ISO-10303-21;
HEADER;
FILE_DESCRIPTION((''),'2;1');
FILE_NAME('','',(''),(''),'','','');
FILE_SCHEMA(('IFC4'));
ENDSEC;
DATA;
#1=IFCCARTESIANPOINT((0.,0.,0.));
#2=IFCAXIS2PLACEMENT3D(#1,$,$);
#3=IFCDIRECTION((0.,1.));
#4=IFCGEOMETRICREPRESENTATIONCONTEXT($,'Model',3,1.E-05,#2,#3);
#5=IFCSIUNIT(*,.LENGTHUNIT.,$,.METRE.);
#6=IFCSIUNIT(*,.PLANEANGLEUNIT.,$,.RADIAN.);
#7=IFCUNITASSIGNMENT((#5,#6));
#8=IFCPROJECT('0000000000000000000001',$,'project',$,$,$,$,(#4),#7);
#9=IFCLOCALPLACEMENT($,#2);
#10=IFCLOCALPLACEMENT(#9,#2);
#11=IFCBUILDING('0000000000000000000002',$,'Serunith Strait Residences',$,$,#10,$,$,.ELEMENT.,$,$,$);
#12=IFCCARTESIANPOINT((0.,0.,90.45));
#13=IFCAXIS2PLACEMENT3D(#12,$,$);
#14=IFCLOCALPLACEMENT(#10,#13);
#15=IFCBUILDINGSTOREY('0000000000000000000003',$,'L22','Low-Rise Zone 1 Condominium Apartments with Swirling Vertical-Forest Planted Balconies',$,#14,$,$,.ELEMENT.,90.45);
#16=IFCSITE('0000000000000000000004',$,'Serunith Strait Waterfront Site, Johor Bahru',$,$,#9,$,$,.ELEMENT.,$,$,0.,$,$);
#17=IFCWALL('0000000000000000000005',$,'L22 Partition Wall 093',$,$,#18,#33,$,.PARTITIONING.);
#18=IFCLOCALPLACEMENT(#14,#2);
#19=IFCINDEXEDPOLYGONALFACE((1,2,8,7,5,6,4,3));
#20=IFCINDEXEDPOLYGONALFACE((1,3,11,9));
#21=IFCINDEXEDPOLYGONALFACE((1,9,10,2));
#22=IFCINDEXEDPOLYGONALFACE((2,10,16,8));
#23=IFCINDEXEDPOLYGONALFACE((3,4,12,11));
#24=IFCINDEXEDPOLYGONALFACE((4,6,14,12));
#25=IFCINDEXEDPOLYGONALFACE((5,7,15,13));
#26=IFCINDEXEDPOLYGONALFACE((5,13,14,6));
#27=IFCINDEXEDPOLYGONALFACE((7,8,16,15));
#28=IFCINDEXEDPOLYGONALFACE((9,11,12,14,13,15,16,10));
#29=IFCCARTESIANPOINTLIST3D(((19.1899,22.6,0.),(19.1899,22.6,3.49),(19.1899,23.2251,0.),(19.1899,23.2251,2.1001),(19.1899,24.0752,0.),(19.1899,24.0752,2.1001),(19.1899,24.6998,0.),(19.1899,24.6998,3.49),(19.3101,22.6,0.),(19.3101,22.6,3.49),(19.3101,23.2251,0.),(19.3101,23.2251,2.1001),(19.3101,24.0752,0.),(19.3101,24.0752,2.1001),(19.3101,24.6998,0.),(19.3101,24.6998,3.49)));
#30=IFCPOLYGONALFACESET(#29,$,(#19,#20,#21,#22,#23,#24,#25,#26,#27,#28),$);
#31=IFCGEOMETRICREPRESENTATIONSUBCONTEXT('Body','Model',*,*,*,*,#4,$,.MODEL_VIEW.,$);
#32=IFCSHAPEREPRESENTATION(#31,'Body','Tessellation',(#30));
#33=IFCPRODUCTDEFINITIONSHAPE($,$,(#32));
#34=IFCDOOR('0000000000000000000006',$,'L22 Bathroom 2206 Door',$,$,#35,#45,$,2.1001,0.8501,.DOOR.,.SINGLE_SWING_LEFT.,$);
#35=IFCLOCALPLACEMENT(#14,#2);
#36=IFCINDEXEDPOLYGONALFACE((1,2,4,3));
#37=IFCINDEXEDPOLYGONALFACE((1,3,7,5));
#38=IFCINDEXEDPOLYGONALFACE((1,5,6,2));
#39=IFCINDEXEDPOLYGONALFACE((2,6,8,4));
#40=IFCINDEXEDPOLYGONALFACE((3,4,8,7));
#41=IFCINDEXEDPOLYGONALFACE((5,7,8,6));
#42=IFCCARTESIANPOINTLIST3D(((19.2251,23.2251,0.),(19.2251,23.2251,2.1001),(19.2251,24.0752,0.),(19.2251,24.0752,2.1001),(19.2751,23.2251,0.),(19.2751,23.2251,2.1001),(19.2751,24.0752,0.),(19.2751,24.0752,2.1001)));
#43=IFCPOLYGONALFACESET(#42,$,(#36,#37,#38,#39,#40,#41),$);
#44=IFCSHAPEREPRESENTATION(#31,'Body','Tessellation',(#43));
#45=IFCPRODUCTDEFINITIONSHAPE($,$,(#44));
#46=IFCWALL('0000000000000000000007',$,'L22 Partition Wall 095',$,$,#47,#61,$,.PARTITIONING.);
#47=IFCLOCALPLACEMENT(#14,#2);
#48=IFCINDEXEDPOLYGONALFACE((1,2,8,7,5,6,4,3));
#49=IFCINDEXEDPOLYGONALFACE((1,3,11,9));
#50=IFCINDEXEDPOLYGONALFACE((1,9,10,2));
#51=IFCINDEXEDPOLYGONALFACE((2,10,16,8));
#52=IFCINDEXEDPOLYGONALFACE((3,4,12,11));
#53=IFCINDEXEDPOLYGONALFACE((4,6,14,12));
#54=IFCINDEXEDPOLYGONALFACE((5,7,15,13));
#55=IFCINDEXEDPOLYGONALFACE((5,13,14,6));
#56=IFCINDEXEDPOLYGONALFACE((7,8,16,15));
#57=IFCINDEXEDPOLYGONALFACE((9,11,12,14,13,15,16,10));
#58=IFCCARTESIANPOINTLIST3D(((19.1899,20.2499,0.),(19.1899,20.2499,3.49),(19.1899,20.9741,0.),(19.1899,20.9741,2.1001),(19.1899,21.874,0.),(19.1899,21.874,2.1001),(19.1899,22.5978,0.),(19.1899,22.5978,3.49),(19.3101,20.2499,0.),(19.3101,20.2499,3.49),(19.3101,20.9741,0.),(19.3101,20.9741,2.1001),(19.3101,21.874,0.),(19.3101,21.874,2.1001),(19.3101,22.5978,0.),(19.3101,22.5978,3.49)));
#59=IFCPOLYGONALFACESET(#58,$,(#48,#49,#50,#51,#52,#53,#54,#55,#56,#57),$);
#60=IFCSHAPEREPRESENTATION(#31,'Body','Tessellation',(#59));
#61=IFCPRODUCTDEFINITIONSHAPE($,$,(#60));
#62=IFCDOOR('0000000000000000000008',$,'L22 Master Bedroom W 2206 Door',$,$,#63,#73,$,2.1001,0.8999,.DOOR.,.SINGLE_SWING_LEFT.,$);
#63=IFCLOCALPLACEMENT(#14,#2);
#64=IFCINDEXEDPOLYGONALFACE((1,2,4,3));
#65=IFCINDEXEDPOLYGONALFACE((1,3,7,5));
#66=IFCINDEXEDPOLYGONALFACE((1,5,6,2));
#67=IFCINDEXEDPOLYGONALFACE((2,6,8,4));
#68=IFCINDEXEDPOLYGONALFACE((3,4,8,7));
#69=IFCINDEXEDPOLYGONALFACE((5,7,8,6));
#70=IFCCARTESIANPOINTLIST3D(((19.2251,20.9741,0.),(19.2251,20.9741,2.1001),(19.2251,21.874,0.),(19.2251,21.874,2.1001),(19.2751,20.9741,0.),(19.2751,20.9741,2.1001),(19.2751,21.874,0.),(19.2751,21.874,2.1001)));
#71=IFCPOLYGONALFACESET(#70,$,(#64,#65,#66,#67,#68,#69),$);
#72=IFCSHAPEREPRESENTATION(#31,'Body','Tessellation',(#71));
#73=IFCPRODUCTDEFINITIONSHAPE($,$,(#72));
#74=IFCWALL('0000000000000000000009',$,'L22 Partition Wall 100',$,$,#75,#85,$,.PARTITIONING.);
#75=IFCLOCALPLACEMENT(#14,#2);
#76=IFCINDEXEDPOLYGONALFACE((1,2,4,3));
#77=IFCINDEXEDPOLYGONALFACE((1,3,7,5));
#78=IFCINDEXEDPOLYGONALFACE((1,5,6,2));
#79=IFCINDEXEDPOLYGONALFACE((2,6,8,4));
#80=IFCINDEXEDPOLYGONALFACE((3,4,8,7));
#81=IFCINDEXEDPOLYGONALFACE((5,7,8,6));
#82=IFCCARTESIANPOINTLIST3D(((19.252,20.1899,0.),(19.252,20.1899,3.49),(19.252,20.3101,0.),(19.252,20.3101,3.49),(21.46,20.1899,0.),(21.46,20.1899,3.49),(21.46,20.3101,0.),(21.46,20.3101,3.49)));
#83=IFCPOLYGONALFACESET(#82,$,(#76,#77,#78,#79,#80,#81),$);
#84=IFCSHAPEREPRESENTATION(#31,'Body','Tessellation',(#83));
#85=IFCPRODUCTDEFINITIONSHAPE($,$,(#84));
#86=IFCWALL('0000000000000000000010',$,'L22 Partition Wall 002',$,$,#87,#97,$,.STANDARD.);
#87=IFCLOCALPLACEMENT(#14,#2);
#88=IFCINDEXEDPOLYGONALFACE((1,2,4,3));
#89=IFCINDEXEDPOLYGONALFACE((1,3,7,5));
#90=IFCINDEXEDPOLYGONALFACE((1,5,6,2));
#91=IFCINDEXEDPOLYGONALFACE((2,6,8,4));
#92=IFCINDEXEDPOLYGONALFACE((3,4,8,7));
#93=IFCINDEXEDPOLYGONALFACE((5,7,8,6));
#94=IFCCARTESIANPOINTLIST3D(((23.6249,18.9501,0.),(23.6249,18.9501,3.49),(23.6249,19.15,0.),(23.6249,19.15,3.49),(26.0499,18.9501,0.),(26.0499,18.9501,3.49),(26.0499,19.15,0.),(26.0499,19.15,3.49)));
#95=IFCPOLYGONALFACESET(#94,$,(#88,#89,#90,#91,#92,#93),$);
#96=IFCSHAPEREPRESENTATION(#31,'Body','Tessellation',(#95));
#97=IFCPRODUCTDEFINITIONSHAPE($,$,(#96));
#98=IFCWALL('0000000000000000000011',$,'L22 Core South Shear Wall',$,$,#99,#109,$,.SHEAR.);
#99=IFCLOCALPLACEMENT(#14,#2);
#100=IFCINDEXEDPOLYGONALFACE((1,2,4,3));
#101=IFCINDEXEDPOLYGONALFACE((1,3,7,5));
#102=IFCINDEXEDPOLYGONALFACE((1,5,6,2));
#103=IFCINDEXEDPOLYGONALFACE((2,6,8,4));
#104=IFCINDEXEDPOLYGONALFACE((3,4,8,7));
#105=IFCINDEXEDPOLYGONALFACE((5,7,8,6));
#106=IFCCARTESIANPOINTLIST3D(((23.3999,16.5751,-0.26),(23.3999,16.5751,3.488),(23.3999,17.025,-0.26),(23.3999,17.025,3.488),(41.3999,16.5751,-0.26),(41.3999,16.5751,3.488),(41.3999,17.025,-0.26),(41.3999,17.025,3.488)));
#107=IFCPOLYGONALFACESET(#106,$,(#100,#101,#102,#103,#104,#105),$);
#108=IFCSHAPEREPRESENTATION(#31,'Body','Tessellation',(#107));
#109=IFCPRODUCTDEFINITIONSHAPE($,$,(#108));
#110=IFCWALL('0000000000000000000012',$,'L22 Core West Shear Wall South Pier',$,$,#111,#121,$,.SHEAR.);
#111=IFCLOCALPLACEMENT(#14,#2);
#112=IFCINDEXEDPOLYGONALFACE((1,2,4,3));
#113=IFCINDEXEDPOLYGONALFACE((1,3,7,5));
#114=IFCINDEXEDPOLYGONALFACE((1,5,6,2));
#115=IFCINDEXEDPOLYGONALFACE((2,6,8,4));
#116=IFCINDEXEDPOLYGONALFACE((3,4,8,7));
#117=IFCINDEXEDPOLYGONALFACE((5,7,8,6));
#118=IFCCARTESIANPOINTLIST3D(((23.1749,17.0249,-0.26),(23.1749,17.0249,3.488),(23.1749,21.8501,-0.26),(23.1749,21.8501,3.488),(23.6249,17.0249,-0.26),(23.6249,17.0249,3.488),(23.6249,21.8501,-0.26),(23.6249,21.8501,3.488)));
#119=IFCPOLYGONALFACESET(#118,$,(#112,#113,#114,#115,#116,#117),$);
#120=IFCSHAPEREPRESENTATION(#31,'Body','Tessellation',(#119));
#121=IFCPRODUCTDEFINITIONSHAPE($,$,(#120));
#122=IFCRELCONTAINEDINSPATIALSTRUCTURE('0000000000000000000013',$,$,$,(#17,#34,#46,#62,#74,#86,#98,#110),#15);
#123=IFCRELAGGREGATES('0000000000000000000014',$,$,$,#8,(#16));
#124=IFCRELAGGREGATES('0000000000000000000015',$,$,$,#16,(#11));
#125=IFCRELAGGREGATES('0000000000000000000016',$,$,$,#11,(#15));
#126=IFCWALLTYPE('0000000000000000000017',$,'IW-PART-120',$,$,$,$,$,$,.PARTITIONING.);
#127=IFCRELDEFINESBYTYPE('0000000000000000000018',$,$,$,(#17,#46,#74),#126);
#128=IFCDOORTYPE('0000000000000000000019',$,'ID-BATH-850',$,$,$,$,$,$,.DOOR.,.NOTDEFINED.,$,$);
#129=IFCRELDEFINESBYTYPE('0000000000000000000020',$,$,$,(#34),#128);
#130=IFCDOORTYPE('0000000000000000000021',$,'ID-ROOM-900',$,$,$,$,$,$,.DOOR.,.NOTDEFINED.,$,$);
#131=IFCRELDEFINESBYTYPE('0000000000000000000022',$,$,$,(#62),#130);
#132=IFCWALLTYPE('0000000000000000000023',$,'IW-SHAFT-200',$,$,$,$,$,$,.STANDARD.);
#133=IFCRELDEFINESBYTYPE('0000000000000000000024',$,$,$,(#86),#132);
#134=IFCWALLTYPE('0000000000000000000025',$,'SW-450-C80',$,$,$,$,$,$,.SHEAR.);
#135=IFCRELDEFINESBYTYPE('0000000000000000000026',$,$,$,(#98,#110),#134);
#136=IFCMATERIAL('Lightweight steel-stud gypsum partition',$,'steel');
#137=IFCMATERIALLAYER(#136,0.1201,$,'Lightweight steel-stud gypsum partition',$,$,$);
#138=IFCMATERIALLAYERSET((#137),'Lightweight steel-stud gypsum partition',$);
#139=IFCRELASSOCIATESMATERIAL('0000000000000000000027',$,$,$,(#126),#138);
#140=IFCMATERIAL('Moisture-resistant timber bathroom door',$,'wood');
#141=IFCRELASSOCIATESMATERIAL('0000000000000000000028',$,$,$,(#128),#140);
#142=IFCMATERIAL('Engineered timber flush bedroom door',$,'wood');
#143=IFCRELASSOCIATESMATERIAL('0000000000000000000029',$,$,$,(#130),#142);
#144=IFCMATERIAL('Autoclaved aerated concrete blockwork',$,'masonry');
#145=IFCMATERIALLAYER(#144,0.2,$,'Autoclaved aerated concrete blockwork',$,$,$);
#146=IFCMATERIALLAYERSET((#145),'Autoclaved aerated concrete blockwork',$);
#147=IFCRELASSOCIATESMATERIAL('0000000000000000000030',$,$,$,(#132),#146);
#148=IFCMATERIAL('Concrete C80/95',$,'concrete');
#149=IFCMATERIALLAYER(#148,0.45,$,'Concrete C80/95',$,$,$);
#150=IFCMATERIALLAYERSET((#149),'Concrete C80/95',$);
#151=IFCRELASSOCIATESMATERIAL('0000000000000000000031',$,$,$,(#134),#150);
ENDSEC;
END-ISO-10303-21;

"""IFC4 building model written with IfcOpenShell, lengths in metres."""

from ifc_helpers import new_model, si_unit, direction, frame, frame_2d, origin, place, context, subcontext, project, spatial, rectangle, extrude, source, transform, mapped, material, layer, layer_set, type_object, element, fill, save


model = new_model("IFC4")

# Units and contexts
model_context = context("Model", 3, precision=1e-05, world=origin(), true_north=direction((0.0, 1.0)))
body_context = subcontext(model_context, "Body", "Model", "MODEL_VIEW")
ifc_project = project(units=[si_unit("LENGTHUNIT", "METRE"), si_unit("PLANEANGLEUNIT", "RADIAN")], contexts=[model_context])

# Site, building, storey
site_placement = place(None, origin())
site = spatial("IfcSite", under=ifc_project, at=site_placement, Name="Serunith Strait Waterfront Site, Johor Bahru", CompositionType="ELEMENT", RefElevation=0.0)
building_placement = place(site_placement, origin())
building = spatial("IfcBuilding", under=site, at=building_placement, Name="Serunith Strait Residences", CompositionType="ELEMENT")
storey_placement = place(building_placement, frame((0.0, 0.0, 90.45)))
storey = spatial("IfcBuildingStorey", under=building, at=storey_placement, Name="L22", Description="Low-Rise Zone 1 Condominium Apartments with Swirling Vertical-Forest Planted Balconies", CompositionType="ELEMENT", Elevation=90.45)

# Shared definitions
ifc_material_1 = material(Name="Lightweight steel-stud gypsum partition", Category="steel")
ifc_layer_1 = layer(ifc_material_1, 0.1201, Name="Lightweight steel-stud gypsum partition")
ifc_layer_set_1 = layer_set([ifc_layer_1], Name="Lightweight steel-stud gypsum partition")
wall_type_1 = type_object("IfcWallType", Name="IW-PART-120", PredefinedType="PARTITIONING", material=ifc_layer_set_1)
shared_shape_1 = source(origin(), body_context, "Body", "SweptSolid", [
    extrude(rectangle(XDim=0.8501, YDim=2.1001, at=frame_2d((0.425, 1.05))), frame((0.0, 0.0249, 0.0), z_axis=(0.0, -1.0, 0.0), x_axis=(1.0, 0.0, 0.0)), (0.0, 0.0, 1.0), 0.05),
])

# Walls, openings, doors
wall_1_placement = place(storey_placement, frame((19.25, 22.6001, 0.0), z_axis=(0.0, 0.0, 1.0), x_axis=(0.0, 1.0, 0.0)))
wall_1 = element("IfcWall", 1, at=wall_1_placement, inside=storey, type_object=wall_type_1, Name="L22 Partition Wall 093", PredefinedType="PARTITIONING", context=body_context, shape_type="SweptSolid", body=[
    extrude(rectangle(XDim=2.0999, YDim=0.1201, at=frame_2d((1.0498, 0.0))), origin(), (0.0, 0.0, 1.0), 3.49),
])
opening_1_placement = place(wall_1_placement, frame((0.625, 0.0, 0.0)))
opening_1 = element("IfcOpeningElement", 2, at=opening_1_placement, cuts=wall_1, PredefinedType="OPENING", context=body_context, shape_type="SweptSolid", body=[
    extrude(rectangle(XDim=0.8501, YDim=2.1001, at=frame_2d((0.425, 1.05))), frame((0.0, 0.0701, 0.0), z_axis=(0.0, -1.0, 0.0), x_axis=(1.0, 0.0, 0.0)), (0.0, 0.0, 1.0), 0.1401),
])
ifc_material_2 = material(Name="Moisture-resistant timber bathroom door", Category="wood")
door_type_1 = type_object("IfcDoorType", Name="ID-BATH-850", OperationType="NOTDEFINED", PredefinedType="DOOR", material=ifc_material_2)
door_1_placement = place(opening_1_placement, origin())
door_1 = element("IfcDoor", 3, at=door_1_placement, inside=storey, type_object=door_type_1, Name="L22 Bathroom 2206 Door", OperationType="SINGLE_SWING_LEFT", OverallHeight=2.1001, OverallWidth=0.8501, PredefinedType="DOOR", context=body_context, shape_type="MappedRepresentation", body=[
    mapped(shared_shape_1, transform((0.0, 0.0, 0.0), scale=1.0)),
])
fill(opening_1, door_1)
wall_2_placement = place(storey_placement, frame((19.25, 20.25, 0.0), z_axis=(0.0, 0.0, 1.0), x_axis=(0.0, 1.0, 0.0)))
wall_2 = element("IfcWall", 4, at=wall_2_placement, inside=storey, type_object=wall_type_1, Name="L22 Partition Wall 095", PredefinedType="PARTITIONING", context=body_context, shape_type="SweptSolid", body=[
    extrude(rectangle(XDim=2.3479, YDim=0.1201, at=frame_2d((1.1738, 0.0))), origin(), (0.0, 0.0, 1.0), 3.49),
])
opening_2_placement = place(wall_2_placement, frame((0.7241, 0.0, 0.0)))
opening_2 = element("IfcOpeningElement", 5, at=opening_2_placement, cuts=wall_2, PredefinedType="OPENING", context=body_context, shape_type="SweptSolid", body=[
    extrude(rectangle(XDim=0.8999, YDim=2.1001, at=frame_2d((0.45, 1.05))), frame((0.0, 0.0701, 0.0), z_axis=(0.0, -1.0, 0.0), x_axis=(1.0, 0.0, 0.0)), (0.0, 0.0, 1.0), 0.1401),
])
ifc_material_3 = material(Name="Engineered timber flush bedroom door", Category="wood")
door_type_2 = type_object("IfcDoorType", Name="ID-ROOM-900", OperationType="NOTDEFINED", PredefinedType="DOOR", material=ifc_material_3)
shared_shape_2 = source(origin(), body_context, "Body", "SweptSolid", [
    extrude(rectangle(XDim=0.8999, YDim=2.1001, at=frame_2d((0.45, 1.05))), frame((0.0, 0.0249, 0.0), z_axis=(0.0, -1.0, 0.0), x_axis=(1.0, 0.0, 0.0)), (0.0, 0.0, 1.0), 0.05),
])
door_2_placement = place(opening_2_placement, origin())
door_2 = element("IfcDoor", 6, at=door_2_placement, inside=storey, type_object=door_type_2, Name="L22 Master Bedroom W 2206 Door", OperationType="SINGLE_SWING_LEFT", OverallHeight=2.1001, OverallWidth=0.8999, PredefinedType="DOOR", context=body_context, shape_type="MappedRepresentation", body=[
    mapped(shared_shape_2, transform((0.0, 0.0, 0.0), scale=1.0)),
])
fill(opening_2, door_2)

# Walls
wall_3_placement = place(storey_placement, frame((19.252, 20.25, 0.0), z_axis=(0.0, 0.0, 1.0), x_axis=(1.0, 0.0, 0.0)))
element("IfcWall", 7, at=wall_3_placement, inside=storey, type_object=wall_type_1, Name="L22 Partition Wall 100", PredefinedType="PARTITIONING", context=body_context, shape_type="SweptSolid", body=[
    extrude(rectangle(XDim=2.208, YDim=0.1201, at=frame_2d((1.104, 0.0))), origin(), (0.0, 0.0, 1.0), 3.49),
])
ifc_material_4 = material(Name="Autoclaved aerated concrete blockwork", Category="masonry")
ifc_layer_2 = layer(ifc_material_4, 0.2, Name="Autoclaved aerated concrete blockwork")
ifc_layer_set_2 = layer_set([ifc_layer_2], Name="Autoclaved aerated concrete blockwork")
wall_type_2 = type_object("IfcWallType", Name="IW-SHAFT-200", PredefinedType="STANDARD", material=ifc_layer_set_2)
wall_4_placement = place(storey_placement, frame((23.625, 19.05, 0.0), z_axis=(0.0, 0.0, 1.0), x_axis=(1.0, 0.0, 0.0)))
element("IfcWall", 8, at=wall_4_placement, inside=storey, type_object=wall_type_2, Name="L22 Partition Wall 002", PredefinedType="STANDARD", context=body_context, shape_type="SweptSolid", body=[
    extrude(rectangle(XDim=2.425, YDim=0.2, at=frame_2d((1.2124, 0.0))), origin(), (0.0, 0.0, 1.0), 3.49),
])

# Walls
ifc_material_5 = material(Name="Concrete C80/95", Category="concrete")
ifc_layer_3 = layer(ifc_material_5, 0.45, Name="Concrete C80/95")
ifc_layer_set_3 = layer_set([ifc_layer_3], Name="Concrete C80/95")
wall_type_3 = type_object("IfcWallType", Name="SW-450-C80", PredefinedType="SHEAR", material=ifc_layer_set_3)
wall_5_placement = place(storey_placement, frame((23.3999, 16.8, -0.26), z_axis=(0.0, 0.0, 1.0), x_axis=(1.0, 0.0, 0.0)))
element("IfcWall", 9, at=wall_5_placement, inside=storey, type_object=wall_type_3, Name="L22 Core South Shear Wall", PredefinedType="SHEAR", context=body_context, shape_type="SweptSolid", body=[
    extrude(rectangle(XDim=18.0, YDim=0.45, at=frame_2d((9.0, 0.0))), origin(), (0.0, 0.0, 1.0), 3.748),
])
wall_6_placement = place(storey_placement, frame((23.3999, 17.0249, -0.26), z_axis=(0.0, 0.0, 1.0), x_axis=(0.0, 1.0, 0.0)))
element("IfcWall", 10, at=wall_6_placement, inside=storey, type_object=wall_type_3, Name="L22 Core West Shear Wall South Pier", PredefinedType="SHEAR", context=body_context, shape_type="SweptSolid", body=[
    extrude(rectangle(XDim=4.8252, YDim=0.45, at=frame_2d((2.4126, 0.0))), origin(), (0.0, 0.0, 1.0), 3.748),
])

save(model, "model.ifc")
